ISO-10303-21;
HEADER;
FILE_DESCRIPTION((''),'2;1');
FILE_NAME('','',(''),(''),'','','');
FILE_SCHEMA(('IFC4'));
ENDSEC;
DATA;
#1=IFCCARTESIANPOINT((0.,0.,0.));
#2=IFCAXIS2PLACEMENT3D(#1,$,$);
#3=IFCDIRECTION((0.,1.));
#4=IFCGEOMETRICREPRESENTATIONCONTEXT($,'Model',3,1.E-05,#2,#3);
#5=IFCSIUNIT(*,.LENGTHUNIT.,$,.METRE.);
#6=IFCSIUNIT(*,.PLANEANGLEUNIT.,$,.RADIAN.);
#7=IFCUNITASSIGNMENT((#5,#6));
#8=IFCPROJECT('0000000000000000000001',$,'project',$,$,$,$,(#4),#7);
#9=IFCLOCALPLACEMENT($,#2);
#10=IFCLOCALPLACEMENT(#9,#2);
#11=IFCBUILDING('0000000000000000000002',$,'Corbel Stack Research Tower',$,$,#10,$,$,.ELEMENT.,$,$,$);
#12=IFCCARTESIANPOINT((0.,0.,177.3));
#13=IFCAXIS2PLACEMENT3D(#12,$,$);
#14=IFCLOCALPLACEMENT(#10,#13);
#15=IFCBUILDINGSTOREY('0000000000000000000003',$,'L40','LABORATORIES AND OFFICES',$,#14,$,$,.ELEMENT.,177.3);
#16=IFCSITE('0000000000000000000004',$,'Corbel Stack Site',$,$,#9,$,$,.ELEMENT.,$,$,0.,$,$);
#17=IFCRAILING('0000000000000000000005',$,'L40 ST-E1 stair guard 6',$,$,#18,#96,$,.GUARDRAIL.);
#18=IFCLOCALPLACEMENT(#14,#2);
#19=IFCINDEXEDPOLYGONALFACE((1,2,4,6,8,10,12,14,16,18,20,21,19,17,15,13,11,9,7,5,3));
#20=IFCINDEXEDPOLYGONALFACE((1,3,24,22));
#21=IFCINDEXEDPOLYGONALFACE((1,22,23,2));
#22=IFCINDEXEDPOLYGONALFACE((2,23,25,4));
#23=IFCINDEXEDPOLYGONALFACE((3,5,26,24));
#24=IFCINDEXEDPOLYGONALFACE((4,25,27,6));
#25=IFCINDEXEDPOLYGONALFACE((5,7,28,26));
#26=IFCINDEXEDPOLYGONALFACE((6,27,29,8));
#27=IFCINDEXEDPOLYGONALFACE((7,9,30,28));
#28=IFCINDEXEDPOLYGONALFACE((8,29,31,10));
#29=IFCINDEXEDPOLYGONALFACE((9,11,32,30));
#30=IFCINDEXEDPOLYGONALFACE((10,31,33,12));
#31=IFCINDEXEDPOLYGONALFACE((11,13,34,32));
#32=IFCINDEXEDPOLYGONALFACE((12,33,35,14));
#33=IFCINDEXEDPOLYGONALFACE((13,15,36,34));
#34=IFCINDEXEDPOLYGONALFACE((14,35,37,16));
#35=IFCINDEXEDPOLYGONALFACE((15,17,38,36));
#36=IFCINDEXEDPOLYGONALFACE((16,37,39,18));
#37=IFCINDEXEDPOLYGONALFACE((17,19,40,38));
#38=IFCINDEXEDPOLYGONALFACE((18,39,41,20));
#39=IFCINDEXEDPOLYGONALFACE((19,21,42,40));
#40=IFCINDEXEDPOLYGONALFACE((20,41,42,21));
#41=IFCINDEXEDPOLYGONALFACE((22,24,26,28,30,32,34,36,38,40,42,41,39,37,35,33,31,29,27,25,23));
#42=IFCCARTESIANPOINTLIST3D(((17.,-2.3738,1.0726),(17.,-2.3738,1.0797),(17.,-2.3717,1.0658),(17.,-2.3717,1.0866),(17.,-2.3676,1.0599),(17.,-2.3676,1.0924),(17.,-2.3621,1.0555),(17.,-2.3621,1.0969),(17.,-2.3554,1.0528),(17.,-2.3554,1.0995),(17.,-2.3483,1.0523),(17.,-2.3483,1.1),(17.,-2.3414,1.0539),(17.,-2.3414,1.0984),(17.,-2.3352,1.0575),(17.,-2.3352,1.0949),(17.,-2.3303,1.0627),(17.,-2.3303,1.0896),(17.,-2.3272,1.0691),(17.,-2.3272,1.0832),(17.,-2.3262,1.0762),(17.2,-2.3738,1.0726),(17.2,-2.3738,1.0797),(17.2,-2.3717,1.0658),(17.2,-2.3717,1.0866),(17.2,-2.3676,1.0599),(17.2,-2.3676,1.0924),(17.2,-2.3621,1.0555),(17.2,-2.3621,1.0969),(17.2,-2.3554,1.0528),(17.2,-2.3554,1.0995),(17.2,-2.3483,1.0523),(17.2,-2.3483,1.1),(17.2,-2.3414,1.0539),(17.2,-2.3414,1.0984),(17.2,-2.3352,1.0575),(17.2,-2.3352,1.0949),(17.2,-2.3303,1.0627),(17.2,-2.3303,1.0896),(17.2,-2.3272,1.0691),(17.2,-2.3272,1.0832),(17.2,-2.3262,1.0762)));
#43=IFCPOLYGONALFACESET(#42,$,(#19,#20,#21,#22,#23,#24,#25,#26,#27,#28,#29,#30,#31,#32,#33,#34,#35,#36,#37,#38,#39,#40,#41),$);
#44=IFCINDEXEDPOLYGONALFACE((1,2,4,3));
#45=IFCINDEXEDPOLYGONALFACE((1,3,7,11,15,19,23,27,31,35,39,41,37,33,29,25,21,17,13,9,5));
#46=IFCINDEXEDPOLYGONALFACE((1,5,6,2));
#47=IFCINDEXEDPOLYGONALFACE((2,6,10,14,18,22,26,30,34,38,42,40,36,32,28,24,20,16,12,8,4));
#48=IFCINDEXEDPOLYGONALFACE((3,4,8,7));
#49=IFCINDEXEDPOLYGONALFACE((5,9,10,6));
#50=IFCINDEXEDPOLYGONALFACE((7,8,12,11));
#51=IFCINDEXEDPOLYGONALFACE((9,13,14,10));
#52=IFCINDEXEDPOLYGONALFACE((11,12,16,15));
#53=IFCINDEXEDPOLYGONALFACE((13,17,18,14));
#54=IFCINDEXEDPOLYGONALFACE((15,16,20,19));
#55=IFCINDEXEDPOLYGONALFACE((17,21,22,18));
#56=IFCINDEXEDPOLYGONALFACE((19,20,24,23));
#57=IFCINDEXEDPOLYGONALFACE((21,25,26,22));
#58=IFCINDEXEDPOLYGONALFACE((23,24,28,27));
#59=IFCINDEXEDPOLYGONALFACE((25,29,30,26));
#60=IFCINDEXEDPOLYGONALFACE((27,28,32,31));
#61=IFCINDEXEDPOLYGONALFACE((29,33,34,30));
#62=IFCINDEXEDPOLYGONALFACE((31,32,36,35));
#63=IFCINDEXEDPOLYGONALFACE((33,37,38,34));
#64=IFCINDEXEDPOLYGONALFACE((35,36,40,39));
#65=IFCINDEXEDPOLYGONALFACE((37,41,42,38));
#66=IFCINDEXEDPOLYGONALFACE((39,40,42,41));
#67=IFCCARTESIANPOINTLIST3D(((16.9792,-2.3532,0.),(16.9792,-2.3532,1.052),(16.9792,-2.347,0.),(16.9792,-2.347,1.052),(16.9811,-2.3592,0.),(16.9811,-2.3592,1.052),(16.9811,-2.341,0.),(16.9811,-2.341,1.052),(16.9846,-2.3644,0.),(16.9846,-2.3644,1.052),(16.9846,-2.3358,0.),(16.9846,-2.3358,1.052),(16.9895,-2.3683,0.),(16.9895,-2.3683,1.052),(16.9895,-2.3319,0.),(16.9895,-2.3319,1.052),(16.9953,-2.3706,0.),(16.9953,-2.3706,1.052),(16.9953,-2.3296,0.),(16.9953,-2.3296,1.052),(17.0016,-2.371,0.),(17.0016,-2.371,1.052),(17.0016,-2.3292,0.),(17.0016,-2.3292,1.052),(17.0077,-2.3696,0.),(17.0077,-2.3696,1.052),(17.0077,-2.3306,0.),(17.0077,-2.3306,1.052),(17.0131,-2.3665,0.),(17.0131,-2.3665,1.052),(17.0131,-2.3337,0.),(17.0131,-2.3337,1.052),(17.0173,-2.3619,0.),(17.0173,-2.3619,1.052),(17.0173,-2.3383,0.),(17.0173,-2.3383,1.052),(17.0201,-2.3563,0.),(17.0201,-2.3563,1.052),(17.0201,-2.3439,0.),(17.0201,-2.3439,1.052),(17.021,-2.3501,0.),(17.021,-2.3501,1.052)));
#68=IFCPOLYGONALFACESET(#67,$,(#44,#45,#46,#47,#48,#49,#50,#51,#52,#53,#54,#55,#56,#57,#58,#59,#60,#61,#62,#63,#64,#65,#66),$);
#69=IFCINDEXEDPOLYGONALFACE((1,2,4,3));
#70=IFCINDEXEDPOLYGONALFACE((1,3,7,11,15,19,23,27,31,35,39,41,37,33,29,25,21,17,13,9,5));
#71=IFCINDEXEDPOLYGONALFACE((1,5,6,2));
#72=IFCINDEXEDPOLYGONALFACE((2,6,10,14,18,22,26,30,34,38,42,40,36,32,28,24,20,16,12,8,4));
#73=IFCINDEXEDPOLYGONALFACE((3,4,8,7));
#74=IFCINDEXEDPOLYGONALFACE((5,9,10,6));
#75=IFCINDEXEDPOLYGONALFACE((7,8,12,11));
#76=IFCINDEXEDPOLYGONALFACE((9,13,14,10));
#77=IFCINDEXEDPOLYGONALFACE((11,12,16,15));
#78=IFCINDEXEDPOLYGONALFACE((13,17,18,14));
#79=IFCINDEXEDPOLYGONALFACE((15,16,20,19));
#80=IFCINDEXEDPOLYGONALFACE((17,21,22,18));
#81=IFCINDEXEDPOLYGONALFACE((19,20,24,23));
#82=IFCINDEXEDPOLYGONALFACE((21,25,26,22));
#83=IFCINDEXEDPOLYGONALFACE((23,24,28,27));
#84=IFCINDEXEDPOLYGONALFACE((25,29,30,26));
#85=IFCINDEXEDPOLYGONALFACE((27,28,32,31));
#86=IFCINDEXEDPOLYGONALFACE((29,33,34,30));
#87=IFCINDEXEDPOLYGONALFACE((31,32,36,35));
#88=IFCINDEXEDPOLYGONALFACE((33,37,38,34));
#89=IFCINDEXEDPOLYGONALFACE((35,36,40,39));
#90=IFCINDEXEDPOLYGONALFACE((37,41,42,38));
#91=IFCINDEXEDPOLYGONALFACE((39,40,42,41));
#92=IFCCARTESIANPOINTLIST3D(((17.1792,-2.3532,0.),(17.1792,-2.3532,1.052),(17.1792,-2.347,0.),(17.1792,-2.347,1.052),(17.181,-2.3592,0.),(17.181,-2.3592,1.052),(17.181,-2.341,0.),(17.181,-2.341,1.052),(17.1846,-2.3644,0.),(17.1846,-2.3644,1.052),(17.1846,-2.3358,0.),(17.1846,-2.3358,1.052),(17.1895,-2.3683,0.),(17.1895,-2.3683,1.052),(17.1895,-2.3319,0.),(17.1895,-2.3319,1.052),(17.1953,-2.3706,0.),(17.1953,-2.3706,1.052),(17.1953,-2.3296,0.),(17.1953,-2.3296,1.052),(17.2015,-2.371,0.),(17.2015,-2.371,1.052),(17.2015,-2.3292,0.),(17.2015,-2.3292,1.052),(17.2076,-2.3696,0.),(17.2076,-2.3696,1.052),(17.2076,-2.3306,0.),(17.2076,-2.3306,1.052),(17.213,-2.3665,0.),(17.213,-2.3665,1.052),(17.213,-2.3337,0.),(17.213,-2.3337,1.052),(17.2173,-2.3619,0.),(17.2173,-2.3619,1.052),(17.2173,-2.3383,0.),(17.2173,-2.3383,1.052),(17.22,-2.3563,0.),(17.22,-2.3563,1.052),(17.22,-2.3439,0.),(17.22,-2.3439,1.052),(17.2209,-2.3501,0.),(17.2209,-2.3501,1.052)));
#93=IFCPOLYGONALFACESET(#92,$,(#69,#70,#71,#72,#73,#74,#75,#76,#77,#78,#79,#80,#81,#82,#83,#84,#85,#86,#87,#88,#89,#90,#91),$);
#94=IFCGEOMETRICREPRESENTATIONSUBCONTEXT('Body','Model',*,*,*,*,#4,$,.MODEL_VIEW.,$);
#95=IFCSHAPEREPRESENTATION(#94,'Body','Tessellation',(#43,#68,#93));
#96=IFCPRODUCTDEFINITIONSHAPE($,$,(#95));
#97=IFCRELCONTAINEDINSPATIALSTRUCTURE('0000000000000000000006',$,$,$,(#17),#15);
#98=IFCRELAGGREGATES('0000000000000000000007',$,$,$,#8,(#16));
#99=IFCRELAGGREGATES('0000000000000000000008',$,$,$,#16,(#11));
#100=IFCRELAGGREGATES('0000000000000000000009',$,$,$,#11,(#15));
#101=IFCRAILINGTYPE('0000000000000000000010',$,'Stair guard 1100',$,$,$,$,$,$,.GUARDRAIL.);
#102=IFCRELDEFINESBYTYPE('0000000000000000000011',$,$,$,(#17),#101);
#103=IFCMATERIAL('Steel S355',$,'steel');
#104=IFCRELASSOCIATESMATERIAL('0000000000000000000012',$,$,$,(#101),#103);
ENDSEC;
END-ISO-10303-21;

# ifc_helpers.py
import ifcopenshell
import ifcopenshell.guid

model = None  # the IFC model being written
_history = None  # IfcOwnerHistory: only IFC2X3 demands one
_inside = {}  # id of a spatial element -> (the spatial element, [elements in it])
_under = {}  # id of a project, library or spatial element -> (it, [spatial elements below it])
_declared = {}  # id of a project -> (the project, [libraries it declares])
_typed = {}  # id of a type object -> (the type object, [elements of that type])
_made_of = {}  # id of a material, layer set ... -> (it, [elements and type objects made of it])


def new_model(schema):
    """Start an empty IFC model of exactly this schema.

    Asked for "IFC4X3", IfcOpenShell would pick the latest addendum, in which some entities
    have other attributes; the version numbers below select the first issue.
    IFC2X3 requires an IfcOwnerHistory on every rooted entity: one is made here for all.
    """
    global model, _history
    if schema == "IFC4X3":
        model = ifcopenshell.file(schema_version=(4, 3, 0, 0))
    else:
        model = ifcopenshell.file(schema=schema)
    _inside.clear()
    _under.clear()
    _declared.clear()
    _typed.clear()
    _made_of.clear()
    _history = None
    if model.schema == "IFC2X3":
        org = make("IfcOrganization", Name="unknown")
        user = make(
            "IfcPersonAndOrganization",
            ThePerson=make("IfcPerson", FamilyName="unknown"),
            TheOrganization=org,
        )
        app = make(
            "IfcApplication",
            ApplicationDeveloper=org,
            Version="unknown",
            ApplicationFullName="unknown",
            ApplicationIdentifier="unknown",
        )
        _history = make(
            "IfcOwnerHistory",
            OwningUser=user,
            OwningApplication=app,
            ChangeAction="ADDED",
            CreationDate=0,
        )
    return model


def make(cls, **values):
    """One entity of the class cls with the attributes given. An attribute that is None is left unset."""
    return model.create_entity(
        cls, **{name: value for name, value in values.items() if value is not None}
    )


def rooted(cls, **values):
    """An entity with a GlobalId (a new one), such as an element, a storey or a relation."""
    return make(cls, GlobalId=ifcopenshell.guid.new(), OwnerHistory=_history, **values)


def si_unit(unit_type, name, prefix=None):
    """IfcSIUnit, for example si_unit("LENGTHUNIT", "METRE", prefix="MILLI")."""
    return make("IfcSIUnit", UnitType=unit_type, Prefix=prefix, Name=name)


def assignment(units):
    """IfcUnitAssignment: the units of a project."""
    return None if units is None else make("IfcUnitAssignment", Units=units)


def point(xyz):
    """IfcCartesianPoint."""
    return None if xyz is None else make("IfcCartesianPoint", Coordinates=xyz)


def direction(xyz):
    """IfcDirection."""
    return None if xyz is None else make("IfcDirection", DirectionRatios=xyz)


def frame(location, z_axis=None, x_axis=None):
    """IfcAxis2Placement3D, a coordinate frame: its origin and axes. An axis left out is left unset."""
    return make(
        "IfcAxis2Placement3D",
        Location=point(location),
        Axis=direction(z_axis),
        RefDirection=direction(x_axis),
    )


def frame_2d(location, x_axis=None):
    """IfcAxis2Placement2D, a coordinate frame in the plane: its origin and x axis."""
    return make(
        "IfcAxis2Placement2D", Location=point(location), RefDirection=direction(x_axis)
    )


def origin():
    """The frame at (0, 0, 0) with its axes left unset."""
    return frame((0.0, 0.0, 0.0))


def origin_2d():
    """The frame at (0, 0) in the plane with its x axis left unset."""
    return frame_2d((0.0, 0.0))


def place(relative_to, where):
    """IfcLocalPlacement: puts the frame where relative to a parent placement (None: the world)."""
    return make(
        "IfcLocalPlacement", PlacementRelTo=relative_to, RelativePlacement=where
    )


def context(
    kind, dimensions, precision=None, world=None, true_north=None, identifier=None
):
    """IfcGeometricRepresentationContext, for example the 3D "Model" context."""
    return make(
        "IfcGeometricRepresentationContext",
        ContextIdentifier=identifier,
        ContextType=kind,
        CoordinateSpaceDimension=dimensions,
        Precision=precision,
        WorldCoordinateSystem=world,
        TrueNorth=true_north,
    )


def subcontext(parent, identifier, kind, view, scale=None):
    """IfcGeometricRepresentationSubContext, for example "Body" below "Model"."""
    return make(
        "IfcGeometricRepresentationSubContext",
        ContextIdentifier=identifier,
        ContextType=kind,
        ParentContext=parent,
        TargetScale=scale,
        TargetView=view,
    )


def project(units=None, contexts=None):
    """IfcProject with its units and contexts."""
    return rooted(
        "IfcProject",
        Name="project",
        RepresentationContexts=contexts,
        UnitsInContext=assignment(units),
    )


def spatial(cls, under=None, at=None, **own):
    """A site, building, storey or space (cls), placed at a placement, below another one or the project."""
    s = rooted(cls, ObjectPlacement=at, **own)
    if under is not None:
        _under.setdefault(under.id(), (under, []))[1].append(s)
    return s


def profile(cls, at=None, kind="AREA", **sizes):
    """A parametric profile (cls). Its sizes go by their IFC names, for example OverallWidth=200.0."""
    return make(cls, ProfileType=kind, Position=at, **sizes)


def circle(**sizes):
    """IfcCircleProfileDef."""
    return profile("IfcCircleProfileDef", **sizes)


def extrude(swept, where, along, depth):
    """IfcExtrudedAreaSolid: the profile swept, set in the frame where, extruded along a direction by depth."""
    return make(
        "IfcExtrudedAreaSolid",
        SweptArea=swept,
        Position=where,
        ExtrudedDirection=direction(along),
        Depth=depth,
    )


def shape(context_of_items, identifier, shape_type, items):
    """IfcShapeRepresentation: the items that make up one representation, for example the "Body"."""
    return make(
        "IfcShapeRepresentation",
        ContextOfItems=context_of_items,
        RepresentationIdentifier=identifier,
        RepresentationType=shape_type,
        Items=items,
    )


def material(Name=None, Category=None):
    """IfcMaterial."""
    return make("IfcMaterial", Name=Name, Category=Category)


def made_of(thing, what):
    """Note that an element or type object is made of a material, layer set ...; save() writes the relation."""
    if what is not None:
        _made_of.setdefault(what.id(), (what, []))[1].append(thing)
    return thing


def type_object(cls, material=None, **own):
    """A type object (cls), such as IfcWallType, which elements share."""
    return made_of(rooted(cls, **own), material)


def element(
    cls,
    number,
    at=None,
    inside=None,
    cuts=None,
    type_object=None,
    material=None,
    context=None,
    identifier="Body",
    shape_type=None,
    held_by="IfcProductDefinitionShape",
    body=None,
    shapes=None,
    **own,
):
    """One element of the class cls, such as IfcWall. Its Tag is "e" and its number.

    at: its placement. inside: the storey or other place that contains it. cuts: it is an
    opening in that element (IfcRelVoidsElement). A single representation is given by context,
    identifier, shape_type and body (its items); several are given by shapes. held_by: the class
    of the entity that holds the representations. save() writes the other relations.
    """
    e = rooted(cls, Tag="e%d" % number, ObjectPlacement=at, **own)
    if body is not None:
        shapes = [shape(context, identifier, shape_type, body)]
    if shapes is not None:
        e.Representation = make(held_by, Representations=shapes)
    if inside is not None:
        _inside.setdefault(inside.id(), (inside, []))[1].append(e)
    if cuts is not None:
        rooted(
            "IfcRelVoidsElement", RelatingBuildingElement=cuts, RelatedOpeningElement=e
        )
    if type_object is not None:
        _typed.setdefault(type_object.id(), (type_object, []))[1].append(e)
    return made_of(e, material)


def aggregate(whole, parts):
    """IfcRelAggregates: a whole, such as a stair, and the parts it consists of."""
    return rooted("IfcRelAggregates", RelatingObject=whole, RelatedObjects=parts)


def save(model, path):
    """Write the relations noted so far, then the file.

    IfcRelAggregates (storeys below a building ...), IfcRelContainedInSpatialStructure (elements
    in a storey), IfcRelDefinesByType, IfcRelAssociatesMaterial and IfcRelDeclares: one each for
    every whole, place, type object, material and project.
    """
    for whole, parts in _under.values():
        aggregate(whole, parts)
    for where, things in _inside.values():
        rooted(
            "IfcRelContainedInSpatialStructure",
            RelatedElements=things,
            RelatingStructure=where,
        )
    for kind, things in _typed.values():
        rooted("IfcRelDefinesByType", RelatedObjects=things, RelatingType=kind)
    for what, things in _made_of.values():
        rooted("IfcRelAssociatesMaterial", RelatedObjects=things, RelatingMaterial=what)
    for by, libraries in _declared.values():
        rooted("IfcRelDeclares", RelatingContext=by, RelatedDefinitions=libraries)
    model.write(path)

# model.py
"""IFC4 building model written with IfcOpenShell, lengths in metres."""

from ifc_helpers import new_model, si_unit, direction, frame, origin, origin_2d, place, context, subcontext, project, spatial, circle, extrude, material, type_object, element, save


model = new_model("IFC4")

# Units and contexts
model_context = context("Model", 3, precision=1e-05, world=origin(), true_north=direction((0.0, 1.0)))
body_context = subcontext(model_context, "Body", "Model", "MODEL_VIEW")
ifc_project = project(units=[si_unit("LENGTHUNIT", "METRE"), si_unit("PLANEANGLEUNIT", "RADIAN")], contexts=[model_context])

# Site, building, storey
site_placement = place(None, origin())
site = spatial("IfcSite", under=ifc_project, at=site_placement, Name="Corbel Stack Site", CompositionType="ELEMENT", RefElevation=0.0)
building_placement = place(site_placement, origin())
building = spatial("IfcBuilding", under=site, at=building_placement, Name="Corbel Stack Research Tower", CompositionType="ELEMENT")
storey_placement = place(building_placement, frame((0.0, 0.0, 177.3)))
storey = spatial("IfcBuildingStorey", under=building, at=storey_placement, Name="L40", Description="LABORATORIES AND OFFICES", CompositionType="ELEMENT", Elevation=177.3)

# Railing
ifc_material_1 = material(Name="Steel S355", Category="steel")
railing_type_1 = type_object("IfcRailingType", Name="Stair guard 1100", PredefinedType="GUARDRAIL", material=ifc_material_1)
railing_1_placement = place(storey_placement, frame((17.0, -2.3501, 0.0)))
element("IfcRailing", 1, at=railing_1_placement, inside=storey, type_object=railing_type_1, Name="L40 ST-E1 stair guard 6", PredefinedType="GUARDRAIL", context=body_context, shape_type="SweptSolid", body=[
    extrude(circle(Radius=0.0239, at=origin_2d()), frame((0.0, 0.0, 1.0762), z_axis=(1.0, 0.0, 0.0), x_axis=(0.0, 1.0, 0.0)), (0.0, 0.0, 1.0), 0.2),
    extrude(circle(Radius=0.021, at=origin_2d()), origin(), (0.0, 0.0, 1.0), 1.052),
    extrude(circle(Radius=0.021, at=origin_2d()), frame((0.2, 0.0, 0.0)), (0.0, 0.0, 1.0), 1.052),
])

save(model, "model.ifc")
